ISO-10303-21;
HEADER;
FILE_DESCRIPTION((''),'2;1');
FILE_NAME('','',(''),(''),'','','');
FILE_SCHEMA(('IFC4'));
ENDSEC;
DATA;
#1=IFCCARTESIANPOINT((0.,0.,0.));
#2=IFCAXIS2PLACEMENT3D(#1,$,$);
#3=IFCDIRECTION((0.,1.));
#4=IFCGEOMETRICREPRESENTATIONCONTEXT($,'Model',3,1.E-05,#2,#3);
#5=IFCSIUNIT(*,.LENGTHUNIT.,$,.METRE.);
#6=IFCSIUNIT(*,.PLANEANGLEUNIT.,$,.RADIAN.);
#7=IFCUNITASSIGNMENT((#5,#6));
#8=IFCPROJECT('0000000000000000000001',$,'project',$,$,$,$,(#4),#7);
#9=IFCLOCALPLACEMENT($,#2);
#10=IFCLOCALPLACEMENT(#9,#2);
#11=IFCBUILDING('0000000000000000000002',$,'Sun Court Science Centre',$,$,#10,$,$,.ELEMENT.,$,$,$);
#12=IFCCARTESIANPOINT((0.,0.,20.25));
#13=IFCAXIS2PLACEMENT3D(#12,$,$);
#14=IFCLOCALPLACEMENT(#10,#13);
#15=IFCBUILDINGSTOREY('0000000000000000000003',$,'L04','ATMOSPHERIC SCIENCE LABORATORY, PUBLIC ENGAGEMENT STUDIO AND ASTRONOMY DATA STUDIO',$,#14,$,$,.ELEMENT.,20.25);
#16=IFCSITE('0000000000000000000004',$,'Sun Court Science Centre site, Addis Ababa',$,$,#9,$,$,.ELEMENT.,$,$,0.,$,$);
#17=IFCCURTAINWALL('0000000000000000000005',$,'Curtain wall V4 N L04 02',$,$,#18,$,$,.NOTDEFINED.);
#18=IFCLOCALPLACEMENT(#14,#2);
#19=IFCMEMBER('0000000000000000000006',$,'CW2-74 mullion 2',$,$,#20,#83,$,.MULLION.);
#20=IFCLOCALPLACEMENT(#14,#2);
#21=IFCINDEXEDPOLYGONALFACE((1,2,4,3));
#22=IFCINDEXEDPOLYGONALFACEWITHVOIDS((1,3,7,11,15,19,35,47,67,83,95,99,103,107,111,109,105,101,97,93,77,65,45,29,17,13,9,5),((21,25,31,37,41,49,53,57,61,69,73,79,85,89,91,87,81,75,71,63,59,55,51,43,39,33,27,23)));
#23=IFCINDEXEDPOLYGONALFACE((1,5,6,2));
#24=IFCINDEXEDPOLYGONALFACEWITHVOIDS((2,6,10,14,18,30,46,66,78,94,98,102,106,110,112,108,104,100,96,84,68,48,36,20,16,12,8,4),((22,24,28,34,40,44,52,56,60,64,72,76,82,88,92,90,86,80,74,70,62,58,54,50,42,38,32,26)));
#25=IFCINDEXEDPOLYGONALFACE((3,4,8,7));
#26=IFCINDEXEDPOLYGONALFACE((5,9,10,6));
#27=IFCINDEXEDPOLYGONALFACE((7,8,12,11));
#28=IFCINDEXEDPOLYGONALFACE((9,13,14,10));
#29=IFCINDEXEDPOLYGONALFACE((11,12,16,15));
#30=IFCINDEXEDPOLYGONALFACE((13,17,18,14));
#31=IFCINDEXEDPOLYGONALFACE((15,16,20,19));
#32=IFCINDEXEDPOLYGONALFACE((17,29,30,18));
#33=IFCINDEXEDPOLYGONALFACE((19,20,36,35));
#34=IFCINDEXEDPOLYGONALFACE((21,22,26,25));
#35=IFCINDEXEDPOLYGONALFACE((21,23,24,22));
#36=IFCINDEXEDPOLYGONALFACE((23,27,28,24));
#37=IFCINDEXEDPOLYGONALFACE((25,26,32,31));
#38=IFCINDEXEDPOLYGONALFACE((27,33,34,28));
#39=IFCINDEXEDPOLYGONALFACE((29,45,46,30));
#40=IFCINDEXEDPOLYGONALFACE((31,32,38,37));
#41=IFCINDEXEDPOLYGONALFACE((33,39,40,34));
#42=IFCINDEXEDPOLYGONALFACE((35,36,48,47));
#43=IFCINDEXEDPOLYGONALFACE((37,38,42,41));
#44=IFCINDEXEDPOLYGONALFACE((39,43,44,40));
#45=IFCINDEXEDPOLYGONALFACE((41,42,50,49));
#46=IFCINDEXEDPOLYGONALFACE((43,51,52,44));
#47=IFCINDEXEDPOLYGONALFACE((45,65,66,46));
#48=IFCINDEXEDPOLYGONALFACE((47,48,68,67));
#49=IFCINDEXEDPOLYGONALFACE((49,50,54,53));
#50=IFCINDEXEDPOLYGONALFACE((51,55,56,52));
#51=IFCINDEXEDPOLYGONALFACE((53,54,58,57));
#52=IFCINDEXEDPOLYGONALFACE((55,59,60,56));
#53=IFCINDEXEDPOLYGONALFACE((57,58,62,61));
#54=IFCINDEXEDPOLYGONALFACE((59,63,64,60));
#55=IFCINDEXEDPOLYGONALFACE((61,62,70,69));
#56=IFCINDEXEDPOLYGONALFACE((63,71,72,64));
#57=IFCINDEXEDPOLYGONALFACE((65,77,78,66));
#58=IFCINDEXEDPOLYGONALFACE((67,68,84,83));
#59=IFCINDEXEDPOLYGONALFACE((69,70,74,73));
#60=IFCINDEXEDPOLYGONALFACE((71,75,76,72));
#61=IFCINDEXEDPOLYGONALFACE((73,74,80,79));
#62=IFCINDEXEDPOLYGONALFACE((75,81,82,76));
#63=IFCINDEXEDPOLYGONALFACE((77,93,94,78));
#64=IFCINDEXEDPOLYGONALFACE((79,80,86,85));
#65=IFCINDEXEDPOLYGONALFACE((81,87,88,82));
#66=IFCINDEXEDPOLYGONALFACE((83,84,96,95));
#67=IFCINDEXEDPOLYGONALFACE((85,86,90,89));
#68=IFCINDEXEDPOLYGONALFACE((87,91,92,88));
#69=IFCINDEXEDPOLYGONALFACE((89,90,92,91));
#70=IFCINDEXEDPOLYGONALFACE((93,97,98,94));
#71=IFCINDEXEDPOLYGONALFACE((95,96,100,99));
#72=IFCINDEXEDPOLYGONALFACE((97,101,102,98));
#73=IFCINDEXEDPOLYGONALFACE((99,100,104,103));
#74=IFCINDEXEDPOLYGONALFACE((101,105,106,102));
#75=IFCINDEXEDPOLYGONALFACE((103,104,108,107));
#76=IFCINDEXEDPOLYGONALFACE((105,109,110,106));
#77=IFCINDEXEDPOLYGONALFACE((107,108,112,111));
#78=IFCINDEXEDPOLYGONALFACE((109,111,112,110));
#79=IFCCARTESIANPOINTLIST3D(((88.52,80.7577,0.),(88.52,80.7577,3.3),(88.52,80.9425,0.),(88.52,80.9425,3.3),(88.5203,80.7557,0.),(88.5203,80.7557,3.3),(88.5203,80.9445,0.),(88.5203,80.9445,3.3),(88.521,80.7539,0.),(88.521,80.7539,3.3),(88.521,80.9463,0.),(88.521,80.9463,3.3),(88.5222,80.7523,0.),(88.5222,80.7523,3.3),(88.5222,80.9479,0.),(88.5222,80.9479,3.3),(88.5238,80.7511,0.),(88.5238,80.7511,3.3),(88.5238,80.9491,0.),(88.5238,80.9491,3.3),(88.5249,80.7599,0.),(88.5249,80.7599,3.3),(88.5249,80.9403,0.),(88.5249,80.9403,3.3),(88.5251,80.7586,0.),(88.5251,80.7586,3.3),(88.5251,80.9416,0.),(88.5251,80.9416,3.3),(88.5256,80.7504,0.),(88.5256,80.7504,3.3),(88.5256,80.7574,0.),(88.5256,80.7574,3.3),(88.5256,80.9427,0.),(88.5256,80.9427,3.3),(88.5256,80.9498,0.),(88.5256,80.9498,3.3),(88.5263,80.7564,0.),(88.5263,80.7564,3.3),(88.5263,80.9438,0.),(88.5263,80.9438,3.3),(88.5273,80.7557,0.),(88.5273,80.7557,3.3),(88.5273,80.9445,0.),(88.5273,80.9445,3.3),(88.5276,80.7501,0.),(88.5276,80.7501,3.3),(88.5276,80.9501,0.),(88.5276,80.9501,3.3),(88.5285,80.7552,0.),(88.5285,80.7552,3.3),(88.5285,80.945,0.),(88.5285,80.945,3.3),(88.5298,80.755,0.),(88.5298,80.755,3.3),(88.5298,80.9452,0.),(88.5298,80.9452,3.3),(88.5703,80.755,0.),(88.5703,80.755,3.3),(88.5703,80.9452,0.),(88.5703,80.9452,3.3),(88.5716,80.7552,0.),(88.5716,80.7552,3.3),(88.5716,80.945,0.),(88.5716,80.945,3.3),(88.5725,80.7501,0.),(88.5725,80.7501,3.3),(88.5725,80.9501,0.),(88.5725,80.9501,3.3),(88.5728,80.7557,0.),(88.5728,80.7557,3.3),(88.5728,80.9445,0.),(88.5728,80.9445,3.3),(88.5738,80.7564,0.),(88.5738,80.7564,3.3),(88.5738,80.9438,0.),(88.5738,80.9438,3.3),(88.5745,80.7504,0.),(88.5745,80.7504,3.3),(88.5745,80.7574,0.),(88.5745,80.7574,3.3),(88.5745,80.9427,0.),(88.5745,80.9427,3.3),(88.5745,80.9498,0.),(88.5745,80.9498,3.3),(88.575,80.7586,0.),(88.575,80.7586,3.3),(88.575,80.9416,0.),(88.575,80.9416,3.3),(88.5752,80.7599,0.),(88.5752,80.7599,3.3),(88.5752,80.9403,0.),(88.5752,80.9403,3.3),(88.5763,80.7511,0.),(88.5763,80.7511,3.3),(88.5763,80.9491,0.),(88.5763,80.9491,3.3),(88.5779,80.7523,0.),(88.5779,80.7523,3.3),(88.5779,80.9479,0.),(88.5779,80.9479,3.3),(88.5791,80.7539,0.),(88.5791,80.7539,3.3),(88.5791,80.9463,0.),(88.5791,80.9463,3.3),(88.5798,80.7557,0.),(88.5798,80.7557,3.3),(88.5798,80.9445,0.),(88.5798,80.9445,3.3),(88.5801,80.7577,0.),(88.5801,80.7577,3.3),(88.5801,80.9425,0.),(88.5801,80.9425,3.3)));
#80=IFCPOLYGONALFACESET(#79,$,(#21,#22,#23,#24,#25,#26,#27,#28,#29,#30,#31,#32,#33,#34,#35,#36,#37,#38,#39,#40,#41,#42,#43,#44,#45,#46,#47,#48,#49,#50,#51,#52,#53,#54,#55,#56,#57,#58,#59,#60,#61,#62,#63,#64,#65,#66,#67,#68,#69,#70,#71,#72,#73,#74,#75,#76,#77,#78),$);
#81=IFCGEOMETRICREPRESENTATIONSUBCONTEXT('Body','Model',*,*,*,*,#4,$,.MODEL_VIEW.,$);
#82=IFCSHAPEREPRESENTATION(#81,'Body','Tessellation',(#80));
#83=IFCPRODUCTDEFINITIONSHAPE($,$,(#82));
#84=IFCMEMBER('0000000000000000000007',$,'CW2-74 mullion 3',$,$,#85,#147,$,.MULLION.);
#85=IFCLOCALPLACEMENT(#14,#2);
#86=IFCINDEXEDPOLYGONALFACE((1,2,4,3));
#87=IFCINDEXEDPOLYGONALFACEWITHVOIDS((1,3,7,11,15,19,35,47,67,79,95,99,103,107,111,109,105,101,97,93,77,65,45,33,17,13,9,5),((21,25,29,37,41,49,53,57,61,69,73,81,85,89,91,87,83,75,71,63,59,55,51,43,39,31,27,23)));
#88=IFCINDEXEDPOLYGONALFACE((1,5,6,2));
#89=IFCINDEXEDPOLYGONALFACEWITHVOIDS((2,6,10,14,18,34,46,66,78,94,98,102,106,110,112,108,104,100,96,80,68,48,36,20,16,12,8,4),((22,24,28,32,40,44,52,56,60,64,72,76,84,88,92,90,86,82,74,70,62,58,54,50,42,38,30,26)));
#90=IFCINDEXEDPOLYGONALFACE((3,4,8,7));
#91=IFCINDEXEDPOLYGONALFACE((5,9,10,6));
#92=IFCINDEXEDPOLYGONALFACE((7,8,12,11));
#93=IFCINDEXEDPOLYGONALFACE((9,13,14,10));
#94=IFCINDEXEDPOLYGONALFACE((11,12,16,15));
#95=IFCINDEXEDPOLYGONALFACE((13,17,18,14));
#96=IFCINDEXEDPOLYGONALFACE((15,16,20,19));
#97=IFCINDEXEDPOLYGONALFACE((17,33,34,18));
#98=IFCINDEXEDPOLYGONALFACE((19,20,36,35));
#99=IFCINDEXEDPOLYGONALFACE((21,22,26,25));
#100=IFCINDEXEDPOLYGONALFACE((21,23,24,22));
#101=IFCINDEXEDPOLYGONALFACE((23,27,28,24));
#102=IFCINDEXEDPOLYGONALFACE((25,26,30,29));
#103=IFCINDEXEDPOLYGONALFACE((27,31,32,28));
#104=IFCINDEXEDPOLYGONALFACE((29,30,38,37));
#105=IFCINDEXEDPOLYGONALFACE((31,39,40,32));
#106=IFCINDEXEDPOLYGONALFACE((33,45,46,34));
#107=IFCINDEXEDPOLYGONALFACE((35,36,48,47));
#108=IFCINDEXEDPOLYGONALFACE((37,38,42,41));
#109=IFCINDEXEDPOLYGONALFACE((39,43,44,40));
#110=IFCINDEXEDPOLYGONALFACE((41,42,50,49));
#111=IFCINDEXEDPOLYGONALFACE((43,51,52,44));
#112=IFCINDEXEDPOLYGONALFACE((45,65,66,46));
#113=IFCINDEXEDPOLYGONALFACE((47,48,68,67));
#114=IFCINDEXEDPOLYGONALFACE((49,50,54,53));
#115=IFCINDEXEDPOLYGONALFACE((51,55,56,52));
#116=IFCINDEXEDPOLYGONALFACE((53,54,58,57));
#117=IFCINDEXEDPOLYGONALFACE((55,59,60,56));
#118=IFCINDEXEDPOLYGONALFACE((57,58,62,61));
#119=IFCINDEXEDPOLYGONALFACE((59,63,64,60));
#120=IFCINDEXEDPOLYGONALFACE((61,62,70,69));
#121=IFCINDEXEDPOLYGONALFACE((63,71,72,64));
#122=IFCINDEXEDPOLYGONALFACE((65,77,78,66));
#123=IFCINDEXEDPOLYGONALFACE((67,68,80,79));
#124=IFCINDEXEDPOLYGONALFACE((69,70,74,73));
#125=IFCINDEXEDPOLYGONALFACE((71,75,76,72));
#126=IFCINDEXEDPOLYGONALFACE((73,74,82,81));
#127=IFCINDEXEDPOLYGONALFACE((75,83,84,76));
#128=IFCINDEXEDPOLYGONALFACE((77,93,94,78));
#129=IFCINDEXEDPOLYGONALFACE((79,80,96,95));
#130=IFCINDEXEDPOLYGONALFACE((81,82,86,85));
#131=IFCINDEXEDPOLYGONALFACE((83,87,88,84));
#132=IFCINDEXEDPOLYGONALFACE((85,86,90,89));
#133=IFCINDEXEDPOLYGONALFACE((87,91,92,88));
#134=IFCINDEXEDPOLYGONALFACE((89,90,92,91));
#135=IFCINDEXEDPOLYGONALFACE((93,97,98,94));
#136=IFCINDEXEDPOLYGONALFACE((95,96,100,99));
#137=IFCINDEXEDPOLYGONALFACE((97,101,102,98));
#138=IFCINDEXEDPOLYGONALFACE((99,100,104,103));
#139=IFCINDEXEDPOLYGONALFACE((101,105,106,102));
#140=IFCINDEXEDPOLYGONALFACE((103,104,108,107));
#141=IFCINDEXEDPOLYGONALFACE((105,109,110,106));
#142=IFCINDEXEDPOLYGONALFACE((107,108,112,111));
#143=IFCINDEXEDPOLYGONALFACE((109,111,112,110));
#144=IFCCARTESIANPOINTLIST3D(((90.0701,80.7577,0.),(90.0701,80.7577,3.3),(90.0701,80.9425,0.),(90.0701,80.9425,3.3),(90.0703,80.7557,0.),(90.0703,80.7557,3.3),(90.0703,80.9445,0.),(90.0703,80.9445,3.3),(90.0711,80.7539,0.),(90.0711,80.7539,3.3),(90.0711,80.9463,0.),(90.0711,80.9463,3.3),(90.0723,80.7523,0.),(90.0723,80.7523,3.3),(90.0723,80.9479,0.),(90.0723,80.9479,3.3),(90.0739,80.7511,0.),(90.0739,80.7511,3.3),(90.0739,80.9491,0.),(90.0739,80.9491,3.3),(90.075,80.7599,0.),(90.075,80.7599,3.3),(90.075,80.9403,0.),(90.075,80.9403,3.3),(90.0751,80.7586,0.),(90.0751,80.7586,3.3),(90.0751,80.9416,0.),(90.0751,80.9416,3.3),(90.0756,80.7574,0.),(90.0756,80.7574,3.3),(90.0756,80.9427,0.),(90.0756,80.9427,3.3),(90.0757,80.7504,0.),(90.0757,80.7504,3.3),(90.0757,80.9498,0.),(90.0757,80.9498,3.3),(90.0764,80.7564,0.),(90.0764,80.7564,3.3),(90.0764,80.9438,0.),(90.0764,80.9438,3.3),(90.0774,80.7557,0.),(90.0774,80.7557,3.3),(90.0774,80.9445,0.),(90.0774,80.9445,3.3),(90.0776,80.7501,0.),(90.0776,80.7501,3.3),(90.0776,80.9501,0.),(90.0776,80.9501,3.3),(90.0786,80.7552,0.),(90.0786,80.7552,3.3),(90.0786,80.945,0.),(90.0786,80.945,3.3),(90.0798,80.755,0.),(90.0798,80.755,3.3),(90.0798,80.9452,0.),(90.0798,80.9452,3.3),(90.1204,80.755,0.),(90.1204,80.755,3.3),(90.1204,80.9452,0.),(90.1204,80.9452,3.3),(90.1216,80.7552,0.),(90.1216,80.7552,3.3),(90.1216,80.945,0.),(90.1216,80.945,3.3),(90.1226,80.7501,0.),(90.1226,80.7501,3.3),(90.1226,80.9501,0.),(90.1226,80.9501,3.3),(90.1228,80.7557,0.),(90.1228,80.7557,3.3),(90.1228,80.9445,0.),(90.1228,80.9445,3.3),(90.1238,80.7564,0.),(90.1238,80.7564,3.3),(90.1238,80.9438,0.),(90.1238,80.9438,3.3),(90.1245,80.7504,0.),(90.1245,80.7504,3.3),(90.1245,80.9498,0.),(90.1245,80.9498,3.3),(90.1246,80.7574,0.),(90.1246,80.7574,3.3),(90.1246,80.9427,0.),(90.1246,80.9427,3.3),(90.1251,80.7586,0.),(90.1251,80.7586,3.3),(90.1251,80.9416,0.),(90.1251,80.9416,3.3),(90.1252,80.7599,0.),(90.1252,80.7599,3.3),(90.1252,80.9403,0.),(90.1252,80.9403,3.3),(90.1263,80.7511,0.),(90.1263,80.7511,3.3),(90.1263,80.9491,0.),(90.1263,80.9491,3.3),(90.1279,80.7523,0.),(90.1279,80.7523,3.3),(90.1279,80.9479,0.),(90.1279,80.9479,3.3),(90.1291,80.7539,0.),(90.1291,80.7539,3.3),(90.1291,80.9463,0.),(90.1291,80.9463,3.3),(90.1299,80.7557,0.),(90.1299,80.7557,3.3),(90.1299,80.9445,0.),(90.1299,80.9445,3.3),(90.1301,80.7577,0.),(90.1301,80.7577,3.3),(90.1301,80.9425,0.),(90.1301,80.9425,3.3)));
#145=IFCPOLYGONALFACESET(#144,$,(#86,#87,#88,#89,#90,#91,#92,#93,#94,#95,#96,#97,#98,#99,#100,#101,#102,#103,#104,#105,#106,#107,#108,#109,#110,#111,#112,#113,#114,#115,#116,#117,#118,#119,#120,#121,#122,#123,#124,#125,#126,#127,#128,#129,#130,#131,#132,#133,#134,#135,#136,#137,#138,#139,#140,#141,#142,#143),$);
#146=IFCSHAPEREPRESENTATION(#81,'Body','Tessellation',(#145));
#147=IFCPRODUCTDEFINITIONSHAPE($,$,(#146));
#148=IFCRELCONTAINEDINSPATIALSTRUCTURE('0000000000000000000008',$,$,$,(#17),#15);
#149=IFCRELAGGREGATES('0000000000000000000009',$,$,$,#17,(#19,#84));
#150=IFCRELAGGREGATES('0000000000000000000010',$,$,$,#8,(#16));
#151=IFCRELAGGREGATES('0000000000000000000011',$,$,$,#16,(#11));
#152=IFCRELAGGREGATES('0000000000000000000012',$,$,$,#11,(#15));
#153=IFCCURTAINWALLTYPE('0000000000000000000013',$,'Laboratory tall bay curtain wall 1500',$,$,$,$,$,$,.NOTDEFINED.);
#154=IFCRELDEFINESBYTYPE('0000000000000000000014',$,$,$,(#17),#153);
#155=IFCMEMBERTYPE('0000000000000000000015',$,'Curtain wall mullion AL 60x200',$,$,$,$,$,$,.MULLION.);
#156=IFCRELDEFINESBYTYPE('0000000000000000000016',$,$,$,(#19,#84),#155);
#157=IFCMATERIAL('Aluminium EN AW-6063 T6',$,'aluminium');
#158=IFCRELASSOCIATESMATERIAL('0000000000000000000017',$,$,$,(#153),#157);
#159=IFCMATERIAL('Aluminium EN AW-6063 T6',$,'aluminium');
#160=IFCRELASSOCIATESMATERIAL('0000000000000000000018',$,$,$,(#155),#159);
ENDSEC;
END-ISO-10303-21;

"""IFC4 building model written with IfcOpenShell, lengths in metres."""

from ifc_helpers import new_model, si_unit, direction, frame, origin, origin_2d, place, context, subcontext, project, spatial, hollow_rectangle, extrude, material, material_profile, profile_set, type_object, element, aggregate, save


model = new_model("IFC4")

# Units and contexts
model_context = context("Model", 3, precision=1e-05, world=origin(), true_north=direction((0.0, 1.0)))
body_context = subcontext(model_context, "Body", "Model", "MODEL_VIEW")
ifc_project = project(units=[si_unit("LENGTHUNIT", "METRE"), si_unit("PLANEANGLEUNIT", "RADIAN")], contexts=[model_context])

# Site, building, storey
site_placement = place(None, origin())
site = spatial("IfcSite", under=ifc_project, at=site_placement, Name="Sun Court Science Centre site, Addis Ababa", CompositionType="ELEMENT", RefElevation=0.0)
building_placement = place(site_placement, origin())
building = spatial("IfcBuilding", under=site, at=building_placement, Name="Sun Court Science Centre", CompositionType="ELEMENT")
storey_placement = place(building_placement, frame((0.0, 0.0, 20.25)))
storey = spatial("IfcBuildingStorey", under=building, at=storey_placement, Name="L04", Description="ATMOSPHERIC SCIENCE LABORATORY, PUBLIC ENGAGEMENT STUDIO AND ASTRONOMY DATA STUDIO", CompositionType="ELEMENT", Elevation=20.25)

# Curtain wall, members
ifc_material_1 = material(Name="Aluminium EN AW-6063 T6", Category="aluminium")
curtain_wall_type = type_object("IfcCurtainWallType", Name="Laboratory tall bay curtain wall 1500", PredefinedType="NOTDEFINED", material=ifc_material_1)
curtain_wall_placement = place(storey_placement, origin())
curtain_wall = element("IfcCurtainWall", 1, at=curtain_wall_placement, inside=storey, type_object=curtain_wall_type, Name="Curtain wall V4 N L04 02", PredefinedType="NOTDEFINED")
ifc_material_2 = material(Name="Aluminium EN AW-6063 T6", Category="aluminium")
ifc_material_profile_1 = material_profile(ifc_material_2, hollow_rectangle(XDim=0.0601, YDim=0.2, WallThickness=0.0049, InnerFilletRadius=0.0049, OuterFilletRadius=0.0076, at=origin_2d()), Name="AL 60x200x5")
ifc_profile_set_1 = profile_set([ifc_material_profile_1], Name="Aluminium EN AW-6063 T6")
member_type_1 = type_object("IfcMemberType", Name="Curtain wall mullion AL 60x200", PredefinedType="MULLION", material=ifc_profile_set_1)
member_1_placement = place(storey_placement, frame((88.55, 80.8501, 0.0), z_axis=(0.0, 0.0, 1.0), x_axis=(1.0, 0.0, 0.0)))
member_1 = element("IfcMember", 2, at=member_1_placement, type_object=member_type_1, Name="CW2-74 mullion 2", PredefinedType="MULLION", context=body_context, shape_type="SweptSolid", body=[
    extrude(hollow_rectangle(XDim=0.0601, YDim=0.2, WallThickness=0.0049, InnerFilletRadius=0.0049, OuterFilletRadius=0.0076, at=origin_2d()), origin(), (0.0, 0.0, 1.0), 3.3),
])
member_2_placement = place(storey_placement, frame((90.1001, 80.8501, 0.0), z_axis=(0.0, 0.0, 1.0), x_axis=(1.0, 0.0, 0.0)))
member_2 = element("IfcMember", 3, at=member_2_placement, type_object=member_type_1, Name="CW2-74 mullion 3", PredefinedType="MULLION", context=body_context, shape_type="SweptSolid", body=[
    extrude(hollow_rectangle(XDim=0.0601, YDim=0.2, WallThickness=0.0049, InnerFilletRadius=0.0049, OuterFilletRadius=0.0076, at=origin_2d()), origin(), (0.0, 0.0, 1.0), 3.3),
])

aggregate(curtain_wall, [member_1, member_2])

save(model, "model.ifc")
